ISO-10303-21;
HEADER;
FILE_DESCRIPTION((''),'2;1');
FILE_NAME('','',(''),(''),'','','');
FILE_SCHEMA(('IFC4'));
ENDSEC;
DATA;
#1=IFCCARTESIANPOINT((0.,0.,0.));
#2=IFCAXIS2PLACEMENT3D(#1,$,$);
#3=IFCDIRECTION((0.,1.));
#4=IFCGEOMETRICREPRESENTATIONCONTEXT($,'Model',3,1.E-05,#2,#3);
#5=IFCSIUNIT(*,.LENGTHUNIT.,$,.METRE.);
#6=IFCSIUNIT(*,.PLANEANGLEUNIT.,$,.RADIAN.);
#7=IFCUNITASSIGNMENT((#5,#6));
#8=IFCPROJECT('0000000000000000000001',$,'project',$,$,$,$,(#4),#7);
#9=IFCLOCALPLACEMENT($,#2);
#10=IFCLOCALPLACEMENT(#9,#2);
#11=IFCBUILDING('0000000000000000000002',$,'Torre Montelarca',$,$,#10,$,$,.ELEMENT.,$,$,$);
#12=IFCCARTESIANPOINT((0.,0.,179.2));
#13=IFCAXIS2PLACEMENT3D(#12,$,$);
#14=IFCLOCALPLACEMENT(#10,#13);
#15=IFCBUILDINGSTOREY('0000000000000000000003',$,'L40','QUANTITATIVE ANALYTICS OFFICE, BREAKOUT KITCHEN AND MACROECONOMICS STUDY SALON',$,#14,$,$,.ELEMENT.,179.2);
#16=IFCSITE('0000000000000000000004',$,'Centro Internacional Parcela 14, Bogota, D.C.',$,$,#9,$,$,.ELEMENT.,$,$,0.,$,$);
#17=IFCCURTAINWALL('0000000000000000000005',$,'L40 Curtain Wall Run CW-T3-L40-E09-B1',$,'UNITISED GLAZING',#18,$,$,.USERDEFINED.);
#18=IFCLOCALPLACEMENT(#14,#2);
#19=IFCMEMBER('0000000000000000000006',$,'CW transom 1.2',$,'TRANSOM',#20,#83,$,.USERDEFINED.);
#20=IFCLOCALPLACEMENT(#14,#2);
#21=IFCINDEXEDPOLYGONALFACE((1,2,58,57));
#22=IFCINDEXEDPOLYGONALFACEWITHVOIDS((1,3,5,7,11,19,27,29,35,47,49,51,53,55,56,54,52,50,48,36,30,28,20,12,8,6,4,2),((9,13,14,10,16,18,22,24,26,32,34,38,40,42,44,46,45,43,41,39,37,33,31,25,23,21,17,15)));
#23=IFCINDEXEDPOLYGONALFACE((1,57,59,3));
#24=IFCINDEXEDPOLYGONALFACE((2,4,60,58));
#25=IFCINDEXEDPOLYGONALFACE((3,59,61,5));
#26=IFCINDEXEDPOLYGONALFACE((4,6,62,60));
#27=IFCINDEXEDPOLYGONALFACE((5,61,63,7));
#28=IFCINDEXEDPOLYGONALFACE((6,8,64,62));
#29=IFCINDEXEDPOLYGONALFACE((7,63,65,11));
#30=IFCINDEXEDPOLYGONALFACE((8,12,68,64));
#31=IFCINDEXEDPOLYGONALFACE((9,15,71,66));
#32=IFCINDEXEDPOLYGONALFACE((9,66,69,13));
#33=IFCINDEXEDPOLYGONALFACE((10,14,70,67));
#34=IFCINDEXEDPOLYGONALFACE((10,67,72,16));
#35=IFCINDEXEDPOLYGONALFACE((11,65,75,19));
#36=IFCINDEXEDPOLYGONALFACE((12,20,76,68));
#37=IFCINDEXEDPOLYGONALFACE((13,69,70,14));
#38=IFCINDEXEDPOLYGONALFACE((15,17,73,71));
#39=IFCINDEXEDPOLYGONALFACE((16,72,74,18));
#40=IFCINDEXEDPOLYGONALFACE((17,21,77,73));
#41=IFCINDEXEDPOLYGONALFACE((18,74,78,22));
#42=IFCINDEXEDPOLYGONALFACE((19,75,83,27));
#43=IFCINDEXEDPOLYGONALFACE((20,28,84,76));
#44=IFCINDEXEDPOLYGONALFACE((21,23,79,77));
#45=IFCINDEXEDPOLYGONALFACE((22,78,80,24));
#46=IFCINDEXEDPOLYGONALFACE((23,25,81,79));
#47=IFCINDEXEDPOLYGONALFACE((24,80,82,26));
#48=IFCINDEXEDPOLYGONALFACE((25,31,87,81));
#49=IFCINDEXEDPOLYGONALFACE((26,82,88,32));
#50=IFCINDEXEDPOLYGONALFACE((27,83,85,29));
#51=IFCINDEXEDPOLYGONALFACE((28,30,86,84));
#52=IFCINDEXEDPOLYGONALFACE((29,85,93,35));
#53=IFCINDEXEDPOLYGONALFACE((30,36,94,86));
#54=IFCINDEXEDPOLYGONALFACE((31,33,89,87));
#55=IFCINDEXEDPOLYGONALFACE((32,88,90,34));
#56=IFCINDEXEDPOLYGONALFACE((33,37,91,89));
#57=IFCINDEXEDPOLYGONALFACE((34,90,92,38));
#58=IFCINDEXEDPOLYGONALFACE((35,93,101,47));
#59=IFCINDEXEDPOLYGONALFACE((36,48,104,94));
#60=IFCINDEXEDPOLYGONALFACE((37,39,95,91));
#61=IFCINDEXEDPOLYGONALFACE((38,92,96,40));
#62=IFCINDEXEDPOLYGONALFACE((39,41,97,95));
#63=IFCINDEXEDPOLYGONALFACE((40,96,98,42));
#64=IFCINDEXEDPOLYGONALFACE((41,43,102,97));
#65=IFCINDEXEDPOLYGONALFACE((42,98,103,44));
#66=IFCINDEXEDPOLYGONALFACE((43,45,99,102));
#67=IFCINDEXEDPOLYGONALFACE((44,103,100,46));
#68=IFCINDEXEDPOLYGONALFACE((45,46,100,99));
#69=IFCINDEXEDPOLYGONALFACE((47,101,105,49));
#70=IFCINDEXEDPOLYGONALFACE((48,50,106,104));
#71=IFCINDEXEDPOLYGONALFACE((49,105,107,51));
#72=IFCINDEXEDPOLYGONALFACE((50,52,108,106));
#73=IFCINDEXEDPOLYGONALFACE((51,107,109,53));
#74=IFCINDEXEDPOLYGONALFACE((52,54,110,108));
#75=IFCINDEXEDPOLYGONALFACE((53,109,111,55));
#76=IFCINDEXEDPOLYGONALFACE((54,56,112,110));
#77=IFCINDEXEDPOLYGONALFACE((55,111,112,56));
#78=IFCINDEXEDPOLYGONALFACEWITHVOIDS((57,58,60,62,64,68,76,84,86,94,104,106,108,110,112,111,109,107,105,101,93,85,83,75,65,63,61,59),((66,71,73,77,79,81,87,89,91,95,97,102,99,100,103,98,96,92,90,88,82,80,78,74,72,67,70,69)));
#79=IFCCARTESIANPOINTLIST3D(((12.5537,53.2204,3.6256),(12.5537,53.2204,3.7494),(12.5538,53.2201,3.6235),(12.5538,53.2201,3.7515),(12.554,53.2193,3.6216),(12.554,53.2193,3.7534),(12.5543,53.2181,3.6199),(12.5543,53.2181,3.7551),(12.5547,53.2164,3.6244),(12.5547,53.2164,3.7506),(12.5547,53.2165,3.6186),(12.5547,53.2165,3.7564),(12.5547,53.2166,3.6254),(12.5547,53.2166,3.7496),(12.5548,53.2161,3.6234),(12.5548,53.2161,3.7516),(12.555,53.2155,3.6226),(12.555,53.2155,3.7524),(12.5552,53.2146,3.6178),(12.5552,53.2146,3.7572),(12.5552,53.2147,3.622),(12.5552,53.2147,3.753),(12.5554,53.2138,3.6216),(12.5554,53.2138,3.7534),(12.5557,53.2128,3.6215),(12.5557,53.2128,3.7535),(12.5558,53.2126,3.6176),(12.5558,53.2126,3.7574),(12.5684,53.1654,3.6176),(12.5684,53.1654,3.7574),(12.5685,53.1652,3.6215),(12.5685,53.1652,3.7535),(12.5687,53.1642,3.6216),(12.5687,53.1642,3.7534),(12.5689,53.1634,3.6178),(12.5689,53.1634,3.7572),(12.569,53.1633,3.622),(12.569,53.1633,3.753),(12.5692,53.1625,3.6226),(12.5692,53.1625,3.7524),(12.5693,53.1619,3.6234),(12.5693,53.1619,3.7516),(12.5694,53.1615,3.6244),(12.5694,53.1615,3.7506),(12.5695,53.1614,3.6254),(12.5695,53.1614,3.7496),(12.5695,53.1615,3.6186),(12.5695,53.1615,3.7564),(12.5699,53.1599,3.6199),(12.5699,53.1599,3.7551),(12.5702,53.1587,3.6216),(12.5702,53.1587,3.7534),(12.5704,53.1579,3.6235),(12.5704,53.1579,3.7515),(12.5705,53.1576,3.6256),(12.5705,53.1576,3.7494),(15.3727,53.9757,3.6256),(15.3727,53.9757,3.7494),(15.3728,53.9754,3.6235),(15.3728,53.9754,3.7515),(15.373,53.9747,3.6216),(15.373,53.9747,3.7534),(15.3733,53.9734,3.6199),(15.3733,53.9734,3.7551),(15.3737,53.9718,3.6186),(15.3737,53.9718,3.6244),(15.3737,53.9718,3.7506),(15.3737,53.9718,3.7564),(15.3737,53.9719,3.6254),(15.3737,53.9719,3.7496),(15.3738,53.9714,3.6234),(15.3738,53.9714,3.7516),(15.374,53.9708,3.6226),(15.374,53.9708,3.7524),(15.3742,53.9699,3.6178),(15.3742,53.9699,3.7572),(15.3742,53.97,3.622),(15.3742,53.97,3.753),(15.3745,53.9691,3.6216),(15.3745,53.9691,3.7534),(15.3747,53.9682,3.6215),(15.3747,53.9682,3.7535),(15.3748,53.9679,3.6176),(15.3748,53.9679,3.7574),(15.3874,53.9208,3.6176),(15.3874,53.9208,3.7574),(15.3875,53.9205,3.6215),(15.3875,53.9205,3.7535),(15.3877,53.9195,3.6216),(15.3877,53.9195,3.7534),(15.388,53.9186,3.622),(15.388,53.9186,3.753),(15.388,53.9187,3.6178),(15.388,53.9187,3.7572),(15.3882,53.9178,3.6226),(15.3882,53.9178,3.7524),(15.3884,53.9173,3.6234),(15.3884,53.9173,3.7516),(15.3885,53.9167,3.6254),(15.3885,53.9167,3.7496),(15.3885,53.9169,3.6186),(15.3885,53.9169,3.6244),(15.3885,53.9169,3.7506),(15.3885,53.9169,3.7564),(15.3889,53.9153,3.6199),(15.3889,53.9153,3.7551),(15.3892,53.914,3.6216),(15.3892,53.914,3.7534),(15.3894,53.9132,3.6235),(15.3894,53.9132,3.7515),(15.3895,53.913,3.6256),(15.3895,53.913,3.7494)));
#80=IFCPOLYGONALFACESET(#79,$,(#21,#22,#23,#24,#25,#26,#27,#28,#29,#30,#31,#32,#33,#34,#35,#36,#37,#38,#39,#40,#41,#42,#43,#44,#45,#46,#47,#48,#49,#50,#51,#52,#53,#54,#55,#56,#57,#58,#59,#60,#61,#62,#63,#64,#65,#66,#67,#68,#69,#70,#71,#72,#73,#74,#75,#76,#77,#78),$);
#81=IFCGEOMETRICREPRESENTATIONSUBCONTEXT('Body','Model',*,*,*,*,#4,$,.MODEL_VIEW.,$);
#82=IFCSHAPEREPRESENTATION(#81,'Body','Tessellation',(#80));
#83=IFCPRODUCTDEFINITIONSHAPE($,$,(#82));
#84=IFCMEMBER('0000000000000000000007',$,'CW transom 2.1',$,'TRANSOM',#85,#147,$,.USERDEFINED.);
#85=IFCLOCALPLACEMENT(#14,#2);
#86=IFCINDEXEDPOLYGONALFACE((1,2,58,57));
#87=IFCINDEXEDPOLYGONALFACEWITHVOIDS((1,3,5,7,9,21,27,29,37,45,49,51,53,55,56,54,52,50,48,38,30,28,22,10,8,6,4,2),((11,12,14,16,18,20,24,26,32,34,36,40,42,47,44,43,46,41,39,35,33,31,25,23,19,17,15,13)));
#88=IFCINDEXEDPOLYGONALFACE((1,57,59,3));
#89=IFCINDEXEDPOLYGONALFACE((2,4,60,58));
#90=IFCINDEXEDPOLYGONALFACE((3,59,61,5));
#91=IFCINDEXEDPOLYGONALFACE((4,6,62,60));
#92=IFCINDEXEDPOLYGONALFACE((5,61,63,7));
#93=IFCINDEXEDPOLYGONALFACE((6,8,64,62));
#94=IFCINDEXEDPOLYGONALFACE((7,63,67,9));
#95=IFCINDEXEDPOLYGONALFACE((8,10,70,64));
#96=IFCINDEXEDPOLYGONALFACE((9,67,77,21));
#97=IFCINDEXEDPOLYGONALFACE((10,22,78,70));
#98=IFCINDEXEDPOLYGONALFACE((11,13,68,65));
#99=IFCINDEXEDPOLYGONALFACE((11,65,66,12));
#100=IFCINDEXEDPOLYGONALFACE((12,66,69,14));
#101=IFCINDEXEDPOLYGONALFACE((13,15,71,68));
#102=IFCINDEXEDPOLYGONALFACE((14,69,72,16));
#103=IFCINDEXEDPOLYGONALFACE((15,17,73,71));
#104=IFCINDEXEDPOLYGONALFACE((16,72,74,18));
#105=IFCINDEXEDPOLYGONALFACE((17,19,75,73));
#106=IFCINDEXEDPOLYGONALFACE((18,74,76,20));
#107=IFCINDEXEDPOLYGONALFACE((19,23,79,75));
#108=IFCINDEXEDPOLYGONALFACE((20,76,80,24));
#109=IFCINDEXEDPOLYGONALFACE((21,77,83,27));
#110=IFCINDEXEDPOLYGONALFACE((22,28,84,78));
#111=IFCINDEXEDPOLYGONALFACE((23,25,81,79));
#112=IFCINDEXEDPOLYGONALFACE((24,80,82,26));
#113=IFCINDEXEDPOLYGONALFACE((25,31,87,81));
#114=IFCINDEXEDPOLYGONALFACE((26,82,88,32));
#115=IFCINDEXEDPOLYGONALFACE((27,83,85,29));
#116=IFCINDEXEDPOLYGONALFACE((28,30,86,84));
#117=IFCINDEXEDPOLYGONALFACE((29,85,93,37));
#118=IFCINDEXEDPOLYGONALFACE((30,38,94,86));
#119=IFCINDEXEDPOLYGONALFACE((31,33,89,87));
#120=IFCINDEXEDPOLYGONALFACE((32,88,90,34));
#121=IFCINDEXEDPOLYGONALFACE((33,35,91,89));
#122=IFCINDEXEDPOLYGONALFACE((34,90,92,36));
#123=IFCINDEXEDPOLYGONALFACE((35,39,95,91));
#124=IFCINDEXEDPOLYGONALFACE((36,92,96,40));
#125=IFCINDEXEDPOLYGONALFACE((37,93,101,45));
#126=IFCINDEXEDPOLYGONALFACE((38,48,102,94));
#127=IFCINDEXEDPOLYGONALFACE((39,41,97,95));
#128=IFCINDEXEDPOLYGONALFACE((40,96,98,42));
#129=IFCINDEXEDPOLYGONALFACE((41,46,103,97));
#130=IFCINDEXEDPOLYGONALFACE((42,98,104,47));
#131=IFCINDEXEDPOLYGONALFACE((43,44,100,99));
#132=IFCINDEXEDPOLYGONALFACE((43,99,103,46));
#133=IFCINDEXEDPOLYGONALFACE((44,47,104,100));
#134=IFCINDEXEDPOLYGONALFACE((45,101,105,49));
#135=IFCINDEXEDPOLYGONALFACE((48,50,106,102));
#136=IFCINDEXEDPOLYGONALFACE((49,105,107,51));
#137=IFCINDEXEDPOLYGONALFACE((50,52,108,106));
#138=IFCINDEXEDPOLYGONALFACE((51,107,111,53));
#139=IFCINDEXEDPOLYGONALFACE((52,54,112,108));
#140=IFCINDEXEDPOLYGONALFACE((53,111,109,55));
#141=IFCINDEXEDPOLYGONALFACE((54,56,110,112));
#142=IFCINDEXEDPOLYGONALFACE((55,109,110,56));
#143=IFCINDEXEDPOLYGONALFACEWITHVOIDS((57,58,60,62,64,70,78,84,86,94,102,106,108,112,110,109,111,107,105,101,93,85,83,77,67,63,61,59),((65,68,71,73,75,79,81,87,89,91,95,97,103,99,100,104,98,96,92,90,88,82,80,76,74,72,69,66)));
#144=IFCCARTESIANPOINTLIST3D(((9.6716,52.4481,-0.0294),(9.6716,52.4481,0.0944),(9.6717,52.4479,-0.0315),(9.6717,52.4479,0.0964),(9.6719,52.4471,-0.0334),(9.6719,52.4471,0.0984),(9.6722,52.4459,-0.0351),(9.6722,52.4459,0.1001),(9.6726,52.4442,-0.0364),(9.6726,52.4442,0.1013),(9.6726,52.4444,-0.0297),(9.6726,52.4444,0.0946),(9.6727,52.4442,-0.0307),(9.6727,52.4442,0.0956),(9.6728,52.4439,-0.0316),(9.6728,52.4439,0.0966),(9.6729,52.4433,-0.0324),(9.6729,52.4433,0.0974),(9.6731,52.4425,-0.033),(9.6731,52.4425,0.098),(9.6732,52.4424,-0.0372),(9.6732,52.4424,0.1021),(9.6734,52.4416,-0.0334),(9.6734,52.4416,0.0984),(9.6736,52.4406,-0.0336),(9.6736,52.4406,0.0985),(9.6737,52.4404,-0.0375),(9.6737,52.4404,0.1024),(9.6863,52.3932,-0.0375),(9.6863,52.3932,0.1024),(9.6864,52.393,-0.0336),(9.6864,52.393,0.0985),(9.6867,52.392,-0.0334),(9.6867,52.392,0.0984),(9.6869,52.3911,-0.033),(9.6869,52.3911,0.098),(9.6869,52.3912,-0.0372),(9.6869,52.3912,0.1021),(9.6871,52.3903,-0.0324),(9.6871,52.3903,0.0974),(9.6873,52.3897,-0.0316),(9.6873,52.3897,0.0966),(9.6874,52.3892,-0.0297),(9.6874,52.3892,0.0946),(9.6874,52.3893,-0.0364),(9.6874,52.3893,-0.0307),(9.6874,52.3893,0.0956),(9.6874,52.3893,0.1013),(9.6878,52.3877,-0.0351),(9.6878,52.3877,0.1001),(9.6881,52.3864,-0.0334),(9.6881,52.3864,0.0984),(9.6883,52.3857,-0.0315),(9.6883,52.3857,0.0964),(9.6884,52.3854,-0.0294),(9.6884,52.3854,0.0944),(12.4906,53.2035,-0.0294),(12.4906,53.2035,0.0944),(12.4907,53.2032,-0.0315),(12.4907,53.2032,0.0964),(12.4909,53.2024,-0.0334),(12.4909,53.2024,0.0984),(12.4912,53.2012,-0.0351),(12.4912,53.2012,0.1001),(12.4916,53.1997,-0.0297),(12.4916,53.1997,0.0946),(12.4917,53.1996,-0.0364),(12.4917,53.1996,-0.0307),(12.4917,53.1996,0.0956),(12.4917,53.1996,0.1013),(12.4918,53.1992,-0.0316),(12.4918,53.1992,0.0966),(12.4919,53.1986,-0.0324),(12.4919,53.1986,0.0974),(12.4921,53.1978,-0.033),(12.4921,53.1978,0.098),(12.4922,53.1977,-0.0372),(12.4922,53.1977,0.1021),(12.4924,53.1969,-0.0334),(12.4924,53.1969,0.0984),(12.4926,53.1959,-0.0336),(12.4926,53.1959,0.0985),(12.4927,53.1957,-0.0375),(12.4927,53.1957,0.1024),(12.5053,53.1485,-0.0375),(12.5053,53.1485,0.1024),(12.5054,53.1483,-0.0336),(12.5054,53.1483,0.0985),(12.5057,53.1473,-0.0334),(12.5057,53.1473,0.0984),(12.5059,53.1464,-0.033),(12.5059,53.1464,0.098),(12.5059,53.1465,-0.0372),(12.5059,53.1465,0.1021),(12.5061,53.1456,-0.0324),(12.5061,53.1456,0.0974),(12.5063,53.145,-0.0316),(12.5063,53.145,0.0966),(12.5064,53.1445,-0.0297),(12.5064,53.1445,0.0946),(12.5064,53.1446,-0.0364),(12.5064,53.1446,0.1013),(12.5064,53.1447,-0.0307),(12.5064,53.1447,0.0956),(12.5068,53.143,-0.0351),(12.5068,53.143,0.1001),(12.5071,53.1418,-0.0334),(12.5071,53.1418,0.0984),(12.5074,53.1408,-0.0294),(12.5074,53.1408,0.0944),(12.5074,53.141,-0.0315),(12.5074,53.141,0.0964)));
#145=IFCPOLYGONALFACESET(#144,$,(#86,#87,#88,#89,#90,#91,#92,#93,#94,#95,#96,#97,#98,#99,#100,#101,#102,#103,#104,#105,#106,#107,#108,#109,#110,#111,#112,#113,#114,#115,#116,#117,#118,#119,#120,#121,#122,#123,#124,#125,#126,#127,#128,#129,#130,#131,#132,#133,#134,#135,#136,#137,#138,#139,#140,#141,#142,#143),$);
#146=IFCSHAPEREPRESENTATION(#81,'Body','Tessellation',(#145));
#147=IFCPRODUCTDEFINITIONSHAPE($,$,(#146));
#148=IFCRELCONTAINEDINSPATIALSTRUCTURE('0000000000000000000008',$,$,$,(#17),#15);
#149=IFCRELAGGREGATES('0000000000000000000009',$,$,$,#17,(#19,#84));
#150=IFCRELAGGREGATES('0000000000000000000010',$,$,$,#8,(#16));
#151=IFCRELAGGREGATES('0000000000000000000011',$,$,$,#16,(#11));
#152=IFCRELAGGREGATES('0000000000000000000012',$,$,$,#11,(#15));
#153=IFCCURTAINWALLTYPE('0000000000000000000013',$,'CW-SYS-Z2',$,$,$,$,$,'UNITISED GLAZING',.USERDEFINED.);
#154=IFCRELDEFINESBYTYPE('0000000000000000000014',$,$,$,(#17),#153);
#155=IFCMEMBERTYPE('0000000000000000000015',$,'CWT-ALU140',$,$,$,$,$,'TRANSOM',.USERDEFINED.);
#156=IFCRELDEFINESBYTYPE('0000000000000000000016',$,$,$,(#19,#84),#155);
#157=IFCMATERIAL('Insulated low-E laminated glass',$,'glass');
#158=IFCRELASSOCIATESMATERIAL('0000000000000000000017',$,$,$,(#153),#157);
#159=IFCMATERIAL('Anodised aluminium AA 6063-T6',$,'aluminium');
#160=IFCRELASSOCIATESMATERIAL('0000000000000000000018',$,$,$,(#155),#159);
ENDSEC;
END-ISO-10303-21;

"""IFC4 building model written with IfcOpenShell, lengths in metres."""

from ifc_helpers import new_model, si_unit, direction, frame, origin, origin_2d, place, context, subcontext, project, spatial, hollow_rectangle, extrude, source, transform, mapped, material, material_profile, profile_set, type_object, element, aggregate, save


model = new_model("IFC4")

# Units and contexts
model_context = context("Model", 3, precision=1e-05, world=origin(), true_north=direction((0.0, 1.0)))
body_context = subcontext(model_context, "Body", "Model", "MODEL_VIEW")
ifc_project = project(units=[si_unit("LENGTHUNIT", "METRE"), si_unit("PLANEANGLEUNIT", "RADIAN")], contexts=[model_context])

# Site, building, storey
site_placement = place(None, origin())
site = spatial("IfcSite", under=ifc_project, at=site_placement, Name="Centro Internacional Parcela 14, Bogota, D.C.", CompositionType="ELEMENT", RefElevation=0.0)
building_placement = place(site_placement, origin())
building = spatial("IfcBuilding", under=site, at=building_placement, Name="Torre Montelarca", CompositionType="ELEMENT")
storey_placement = place(building_placement, frame((0.0, 0.0, 179.2)))
storey = spatial("IfcBuildingStorey", under=building, at=storey_placement, Name="L40", Description="QUANTITATIVE ANALYTICS OFFICE, BREAKOUT KITCHEN AND MACROECONOMICS STUDY SALON", CompositionType="ELEMENT", Elevation=179.2)

# Curtain wall, members
ifc_material_1 = material(Name="Insulated low-E laminated glass", Category="glass")
curtain_wall_type = type_object("IfcCurtainWallType", Name="CW-SYS-Z2", ElementType="UNITISED GLAZING", PredefinedType="USERDEFINED", material=ifc_material_1)
curtain_wall_1_placement = place(storey_placement, origin())
curtain_wall_1 = element("IfcCurtainWall", 1, at=curtain_wall_1_placement, inside=storey, type_object=curtain_wall_type, Name="L40 Curtain Wall Run CW-T3-L40-E09-B1", ObjectType="UNITISED GLAZING", PredefinedType="USERDEFINED")
ifc_material_2 = material(Name="Anodised aluminium AA 6063-T6", Category="aluminium")
ifc_material_profile_1 = material_profile(ifc_material_2, hollow_rectangle(XDim=0.0649, YDim=0.1399, WallThickness=0.0039, InnerFilletRadius=0.0039, OuterFilletRadius=0.0081, at=origin_2d()), Name="ALU65X140X4", Category="aluminium")
ifc_profile_set_1 = profile_set([ifc_material_profile_1], Name="Anodised aluminium AA 6063-T6")
member_type_1 = type_object("IfcMemberType", Name="CWT-ALU140", ElementType="TRANSOM", PredefinedType="USERDEFINED", material=ifc_profile_set_1)
shared_shape_1 = source(origin(), body_context, "Body", "SweptSolid", [
    extrude(hollow_rectangle(XDim=0.0649, YDim=0.1399, WallThickness=0.0039, InnerFilletRadius=0.0039, OuterFilletRadius=0.0081, at=origin_2d()), origin(), (0.0, 0.0, 1.0), 2.9185),
])
member_1_placement = place(storey_placement, frame((15.3811, 53.9443, 3.6875), z_axis=(-0.965926, -0.258818, 0.0), x_axis=(0.258818, -0.965926, 0.0)))
member_1 = element("IfcMember", 2, at=member_1_placement, type_object=member_type_1, Name="CW transom 1.2", ObjectType="TRANSOM", PredefinedType="USERDEFINED", context=body_context, shape_type="MappedRepresentation", body=[
    mapped(shared_shape_1, transform((0.0, 0.0, 0.0), scale=1.0)),
])
member_2_placement = place(storey_placement, frame((12.499, 53.1721, 0.0325), z_axis=(-0.965926, -0.258818, 0.0), x_axis=(0.258818, -0.965926, 0.0)))
member_2 = element("IfcMember", 3, at=member_2_placement, type_object=member_type_1, Name="CW transom 2.1", ObjectType="TRANSOM", PredefinedType="USERDEFINED", context=body_context, shape_type="MappedRepresentation", body=[
    mapped(shared_shape_1, transform((0.0, 0.0, 0.0), scale=1.0)),
])

aggregate(curtain_wall_1, [member_1, member_2])

save(model, "model.ifc")
